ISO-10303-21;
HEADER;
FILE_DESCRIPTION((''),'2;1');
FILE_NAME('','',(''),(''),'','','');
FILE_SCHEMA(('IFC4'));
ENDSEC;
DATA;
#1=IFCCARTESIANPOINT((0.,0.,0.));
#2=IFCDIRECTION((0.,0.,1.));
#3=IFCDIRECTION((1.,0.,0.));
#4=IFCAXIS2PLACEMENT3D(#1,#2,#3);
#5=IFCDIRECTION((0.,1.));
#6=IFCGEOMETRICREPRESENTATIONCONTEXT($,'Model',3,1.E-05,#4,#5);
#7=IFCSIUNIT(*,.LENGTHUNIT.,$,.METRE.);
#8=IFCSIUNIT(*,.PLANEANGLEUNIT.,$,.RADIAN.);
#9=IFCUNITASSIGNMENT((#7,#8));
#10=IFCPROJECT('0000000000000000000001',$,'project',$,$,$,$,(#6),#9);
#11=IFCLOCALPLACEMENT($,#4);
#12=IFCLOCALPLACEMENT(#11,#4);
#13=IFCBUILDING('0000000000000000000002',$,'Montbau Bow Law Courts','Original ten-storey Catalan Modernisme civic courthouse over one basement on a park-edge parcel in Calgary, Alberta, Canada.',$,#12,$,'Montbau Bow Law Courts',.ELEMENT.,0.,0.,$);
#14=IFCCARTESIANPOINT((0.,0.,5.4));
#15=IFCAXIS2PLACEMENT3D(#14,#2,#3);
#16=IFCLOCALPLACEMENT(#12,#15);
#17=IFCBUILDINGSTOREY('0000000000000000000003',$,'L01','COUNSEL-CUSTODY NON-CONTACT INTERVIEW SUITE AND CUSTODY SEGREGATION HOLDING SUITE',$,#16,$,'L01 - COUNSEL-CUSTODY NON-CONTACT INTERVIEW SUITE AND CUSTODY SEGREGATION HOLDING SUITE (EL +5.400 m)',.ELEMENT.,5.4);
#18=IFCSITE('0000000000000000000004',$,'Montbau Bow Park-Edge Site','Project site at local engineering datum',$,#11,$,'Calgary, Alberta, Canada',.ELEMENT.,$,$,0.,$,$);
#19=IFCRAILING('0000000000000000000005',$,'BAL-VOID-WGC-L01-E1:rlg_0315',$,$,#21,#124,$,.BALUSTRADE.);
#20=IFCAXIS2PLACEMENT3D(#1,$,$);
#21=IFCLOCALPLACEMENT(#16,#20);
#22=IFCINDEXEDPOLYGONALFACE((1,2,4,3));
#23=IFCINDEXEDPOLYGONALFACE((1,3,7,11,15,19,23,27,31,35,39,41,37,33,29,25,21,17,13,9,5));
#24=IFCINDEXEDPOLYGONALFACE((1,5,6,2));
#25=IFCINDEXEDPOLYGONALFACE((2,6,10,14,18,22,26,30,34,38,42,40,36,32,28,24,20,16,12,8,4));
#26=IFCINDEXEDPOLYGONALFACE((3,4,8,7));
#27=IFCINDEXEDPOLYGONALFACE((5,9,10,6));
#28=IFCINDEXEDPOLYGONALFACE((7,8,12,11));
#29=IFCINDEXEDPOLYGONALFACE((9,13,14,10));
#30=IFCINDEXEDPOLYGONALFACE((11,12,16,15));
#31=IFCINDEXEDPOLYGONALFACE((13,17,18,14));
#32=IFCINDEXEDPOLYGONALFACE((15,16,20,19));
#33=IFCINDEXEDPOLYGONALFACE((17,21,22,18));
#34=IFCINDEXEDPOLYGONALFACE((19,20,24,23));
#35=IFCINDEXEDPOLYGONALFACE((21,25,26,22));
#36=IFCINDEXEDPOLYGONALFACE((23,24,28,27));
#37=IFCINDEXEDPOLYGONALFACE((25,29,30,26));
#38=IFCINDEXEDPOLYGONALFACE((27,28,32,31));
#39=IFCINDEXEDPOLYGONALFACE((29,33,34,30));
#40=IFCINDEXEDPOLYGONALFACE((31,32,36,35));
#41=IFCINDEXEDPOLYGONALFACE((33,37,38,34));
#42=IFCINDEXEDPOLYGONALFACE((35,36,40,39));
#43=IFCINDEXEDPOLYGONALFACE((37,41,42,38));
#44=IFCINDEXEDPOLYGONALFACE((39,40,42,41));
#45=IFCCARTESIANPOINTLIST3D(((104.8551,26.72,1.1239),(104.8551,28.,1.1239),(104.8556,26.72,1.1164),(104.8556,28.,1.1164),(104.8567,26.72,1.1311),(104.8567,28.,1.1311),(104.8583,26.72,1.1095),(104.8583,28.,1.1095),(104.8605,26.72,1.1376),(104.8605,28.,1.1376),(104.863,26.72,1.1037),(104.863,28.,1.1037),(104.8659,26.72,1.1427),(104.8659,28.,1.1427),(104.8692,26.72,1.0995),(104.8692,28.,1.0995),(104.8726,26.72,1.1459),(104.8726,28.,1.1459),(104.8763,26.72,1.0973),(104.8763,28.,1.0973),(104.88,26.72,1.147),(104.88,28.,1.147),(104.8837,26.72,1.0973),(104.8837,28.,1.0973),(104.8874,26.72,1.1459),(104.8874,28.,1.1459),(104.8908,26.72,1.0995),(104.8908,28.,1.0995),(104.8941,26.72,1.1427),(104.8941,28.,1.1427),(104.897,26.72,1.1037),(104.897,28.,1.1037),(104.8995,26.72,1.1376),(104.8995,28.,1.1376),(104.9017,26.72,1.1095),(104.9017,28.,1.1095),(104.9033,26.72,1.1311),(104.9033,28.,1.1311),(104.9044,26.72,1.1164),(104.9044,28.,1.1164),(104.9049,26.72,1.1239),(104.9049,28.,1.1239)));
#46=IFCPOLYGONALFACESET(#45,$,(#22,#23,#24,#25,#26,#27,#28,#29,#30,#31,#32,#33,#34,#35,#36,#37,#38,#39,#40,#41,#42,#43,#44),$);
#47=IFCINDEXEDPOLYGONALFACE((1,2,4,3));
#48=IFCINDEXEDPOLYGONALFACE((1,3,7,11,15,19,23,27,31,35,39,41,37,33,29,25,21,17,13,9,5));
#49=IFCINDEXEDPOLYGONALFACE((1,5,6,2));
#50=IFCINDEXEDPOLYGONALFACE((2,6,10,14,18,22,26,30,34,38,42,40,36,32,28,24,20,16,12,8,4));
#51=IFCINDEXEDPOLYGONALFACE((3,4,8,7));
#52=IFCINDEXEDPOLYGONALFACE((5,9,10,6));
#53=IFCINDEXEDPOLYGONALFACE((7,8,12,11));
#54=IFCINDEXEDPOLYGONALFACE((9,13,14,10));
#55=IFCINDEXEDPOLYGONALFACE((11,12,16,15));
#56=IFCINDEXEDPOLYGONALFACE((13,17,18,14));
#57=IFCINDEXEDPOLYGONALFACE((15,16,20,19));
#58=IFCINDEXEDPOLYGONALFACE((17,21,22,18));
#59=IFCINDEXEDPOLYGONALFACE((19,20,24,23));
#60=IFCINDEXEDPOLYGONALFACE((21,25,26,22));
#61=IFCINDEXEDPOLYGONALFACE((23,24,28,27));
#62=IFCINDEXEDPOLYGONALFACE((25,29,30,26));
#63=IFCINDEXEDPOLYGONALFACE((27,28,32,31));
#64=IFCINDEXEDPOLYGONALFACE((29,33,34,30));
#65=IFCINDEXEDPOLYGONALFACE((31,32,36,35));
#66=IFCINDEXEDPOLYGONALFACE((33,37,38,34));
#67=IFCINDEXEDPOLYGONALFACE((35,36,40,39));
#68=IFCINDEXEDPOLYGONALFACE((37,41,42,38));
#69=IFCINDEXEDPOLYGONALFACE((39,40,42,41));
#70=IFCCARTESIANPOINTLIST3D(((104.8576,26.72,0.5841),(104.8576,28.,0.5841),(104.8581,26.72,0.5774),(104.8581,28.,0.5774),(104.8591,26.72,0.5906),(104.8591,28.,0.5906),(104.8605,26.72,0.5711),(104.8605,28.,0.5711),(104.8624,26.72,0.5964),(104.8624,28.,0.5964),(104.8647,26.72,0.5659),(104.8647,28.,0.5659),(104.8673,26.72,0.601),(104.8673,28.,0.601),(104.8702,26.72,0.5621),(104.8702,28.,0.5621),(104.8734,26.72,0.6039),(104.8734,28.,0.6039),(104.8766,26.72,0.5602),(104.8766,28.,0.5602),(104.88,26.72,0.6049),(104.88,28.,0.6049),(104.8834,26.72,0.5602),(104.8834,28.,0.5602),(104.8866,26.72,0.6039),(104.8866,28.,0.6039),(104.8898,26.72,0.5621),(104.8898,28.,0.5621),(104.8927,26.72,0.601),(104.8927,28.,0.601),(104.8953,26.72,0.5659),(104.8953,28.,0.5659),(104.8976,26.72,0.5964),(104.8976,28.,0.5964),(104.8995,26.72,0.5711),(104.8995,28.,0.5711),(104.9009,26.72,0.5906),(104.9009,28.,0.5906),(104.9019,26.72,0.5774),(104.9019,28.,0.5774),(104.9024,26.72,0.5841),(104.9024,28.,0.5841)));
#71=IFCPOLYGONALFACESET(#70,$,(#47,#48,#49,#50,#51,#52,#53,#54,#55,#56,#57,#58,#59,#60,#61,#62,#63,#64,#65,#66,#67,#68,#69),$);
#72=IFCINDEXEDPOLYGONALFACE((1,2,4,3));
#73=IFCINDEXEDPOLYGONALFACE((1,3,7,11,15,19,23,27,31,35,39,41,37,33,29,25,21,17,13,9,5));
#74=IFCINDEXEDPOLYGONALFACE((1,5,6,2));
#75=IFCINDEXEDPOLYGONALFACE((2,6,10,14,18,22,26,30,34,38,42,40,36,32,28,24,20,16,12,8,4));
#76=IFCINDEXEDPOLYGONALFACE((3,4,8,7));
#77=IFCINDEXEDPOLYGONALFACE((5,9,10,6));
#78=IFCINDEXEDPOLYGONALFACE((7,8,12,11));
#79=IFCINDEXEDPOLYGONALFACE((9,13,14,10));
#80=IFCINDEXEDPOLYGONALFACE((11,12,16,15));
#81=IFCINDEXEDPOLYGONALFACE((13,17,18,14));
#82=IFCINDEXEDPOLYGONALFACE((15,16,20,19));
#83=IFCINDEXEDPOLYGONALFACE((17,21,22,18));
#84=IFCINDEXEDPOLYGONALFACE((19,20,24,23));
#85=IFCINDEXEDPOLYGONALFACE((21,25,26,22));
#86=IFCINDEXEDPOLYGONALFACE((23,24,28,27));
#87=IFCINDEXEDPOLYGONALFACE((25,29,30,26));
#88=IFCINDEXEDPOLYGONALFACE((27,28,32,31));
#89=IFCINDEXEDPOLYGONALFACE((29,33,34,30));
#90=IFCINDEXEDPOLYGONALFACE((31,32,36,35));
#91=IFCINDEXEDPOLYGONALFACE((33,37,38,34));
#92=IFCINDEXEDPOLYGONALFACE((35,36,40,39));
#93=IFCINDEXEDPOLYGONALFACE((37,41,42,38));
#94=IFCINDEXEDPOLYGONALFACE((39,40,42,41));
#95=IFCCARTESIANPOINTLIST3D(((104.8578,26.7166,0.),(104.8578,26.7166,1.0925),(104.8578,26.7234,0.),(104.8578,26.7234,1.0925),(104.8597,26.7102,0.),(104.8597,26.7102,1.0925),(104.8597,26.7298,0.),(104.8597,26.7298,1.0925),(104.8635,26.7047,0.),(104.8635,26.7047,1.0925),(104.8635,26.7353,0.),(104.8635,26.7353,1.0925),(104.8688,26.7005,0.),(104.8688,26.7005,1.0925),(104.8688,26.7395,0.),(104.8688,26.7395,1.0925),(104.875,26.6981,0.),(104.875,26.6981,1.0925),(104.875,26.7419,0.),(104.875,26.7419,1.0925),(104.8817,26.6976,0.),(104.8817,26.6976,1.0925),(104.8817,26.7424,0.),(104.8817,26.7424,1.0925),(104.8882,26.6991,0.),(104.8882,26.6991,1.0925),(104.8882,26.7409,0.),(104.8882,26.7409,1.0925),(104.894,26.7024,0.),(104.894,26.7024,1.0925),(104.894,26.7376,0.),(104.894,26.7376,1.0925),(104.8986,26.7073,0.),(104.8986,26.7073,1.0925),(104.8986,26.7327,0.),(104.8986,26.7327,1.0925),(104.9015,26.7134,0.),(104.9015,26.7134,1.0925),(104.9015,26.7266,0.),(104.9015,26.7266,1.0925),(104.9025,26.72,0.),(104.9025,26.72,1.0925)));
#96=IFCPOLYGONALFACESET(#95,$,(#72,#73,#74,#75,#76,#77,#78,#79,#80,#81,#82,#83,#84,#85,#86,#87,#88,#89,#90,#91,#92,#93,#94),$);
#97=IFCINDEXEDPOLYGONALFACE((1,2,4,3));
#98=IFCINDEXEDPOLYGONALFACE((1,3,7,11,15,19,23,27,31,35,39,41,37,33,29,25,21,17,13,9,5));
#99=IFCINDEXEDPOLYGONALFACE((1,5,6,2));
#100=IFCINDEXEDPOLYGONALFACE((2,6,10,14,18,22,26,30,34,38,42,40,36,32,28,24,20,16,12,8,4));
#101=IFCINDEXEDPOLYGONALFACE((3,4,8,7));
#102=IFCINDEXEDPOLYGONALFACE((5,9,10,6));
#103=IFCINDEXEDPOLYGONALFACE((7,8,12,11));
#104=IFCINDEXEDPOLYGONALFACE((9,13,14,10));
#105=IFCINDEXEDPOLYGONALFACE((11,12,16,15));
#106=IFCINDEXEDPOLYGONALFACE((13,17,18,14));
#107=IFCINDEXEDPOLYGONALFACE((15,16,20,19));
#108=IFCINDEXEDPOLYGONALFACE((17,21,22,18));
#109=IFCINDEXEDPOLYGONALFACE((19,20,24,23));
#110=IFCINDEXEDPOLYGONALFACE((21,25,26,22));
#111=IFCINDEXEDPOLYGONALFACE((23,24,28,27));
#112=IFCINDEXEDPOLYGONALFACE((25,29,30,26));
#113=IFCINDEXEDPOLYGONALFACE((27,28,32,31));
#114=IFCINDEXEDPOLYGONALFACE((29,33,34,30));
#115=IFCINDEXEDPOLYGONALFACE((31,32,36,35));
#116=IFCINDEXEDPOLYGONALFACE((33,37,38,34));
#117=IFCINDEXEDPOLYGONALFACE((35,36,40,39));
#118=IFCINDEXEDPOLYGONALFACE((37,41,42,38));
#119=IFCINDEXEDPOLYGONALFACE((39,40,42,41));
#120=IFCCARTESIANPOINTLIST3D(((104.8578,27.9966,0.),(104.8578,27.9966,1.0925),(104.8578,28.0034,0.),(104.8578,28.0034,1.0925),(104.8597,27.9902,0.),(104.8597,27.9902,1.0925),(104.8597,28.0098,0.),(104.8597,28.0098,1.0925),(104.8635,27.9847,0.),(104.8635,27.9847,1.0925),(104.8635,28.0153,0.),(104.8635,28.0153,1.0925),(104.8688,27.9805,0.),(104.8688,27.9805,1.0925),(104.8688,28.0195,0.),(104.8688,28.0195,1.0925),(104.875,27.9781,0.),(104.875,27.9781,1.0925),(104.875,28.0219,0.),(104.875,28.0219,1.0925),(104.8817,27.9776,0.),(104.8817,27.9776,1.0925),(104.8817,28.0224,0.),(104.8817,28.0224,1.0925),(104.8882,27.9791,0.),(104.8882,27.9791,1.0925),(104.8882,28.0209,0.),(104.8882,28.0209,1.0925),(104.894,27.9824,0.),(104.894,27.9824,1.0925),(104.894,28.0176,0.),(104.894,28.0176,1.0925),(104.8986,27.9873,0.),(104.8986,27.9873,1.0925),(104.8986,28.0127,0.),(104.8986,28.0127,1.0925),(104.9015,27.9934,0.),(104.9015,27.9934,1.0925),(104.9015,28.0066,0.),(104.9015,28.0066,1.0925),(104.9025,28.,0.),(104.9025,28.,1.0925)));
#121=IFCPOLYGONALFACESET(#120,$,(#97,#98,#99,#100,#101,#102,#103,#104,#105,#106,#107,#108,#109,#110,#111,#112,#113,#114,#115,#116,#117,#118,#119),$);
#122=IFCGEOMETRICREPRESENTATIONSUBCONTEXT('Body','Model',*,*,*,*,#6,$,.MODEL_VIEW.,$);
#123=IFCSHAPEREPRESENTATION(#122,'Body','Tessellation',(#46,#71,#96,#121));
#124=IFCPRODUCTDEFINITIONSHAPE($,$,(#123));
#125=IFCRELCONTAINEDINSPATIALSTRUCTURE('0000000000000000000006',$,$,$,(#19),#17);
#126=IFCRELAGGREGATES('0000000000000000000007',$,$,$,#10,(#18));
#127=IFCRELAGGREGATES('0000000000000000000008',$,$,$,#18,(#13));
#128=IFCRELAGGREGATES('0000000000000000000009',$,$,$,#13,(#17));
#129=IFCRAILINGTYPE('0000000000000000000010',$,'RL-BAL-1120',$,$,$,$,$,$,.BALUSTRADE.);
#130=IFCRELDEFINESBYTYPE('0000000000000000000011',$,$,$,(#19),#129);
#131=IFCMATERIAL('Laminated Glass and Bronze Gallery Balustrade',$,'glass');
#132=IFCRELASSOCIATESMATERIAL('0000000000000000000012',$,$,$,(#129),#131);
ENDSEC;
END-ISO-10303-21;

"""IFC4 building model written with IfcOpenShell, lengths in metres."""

from ifc_helpers import new_model, si_unit, direction, frame, origin_with_axes, origin_2d_with_axis, place, context, subcontext, project, spatial, circle, extrude, material, type_object, element, save


model = new_model("IFC4")

# Units and contexts
model_context = context("Model", 3, precision=1e-05, world=origin_with_axes(), true_north=direction((0.0, 1.0)))
body_context = subcontext(model_context, "Body", "Model", "MODEL_VIEW")
ifc_project = project(units=[si_unit("LENGTHUNIT", "METRE"), si_unit("PLANEANGLEUNIT", "RADIAN")], contexts=[model_context])

# Site, building, storey
site_placement = place(None, origin_with_axes())
site = spatial("IfcSite", under=ifc_project, at=site_placement, Name="Montbau Bow Park-Edge Site", Description="Project site at local engineering datum", LongName="Calgary, Alberta, Canada", CompositionType="ELEMENT", RefElevation=0.0)
building_placement = place(site_placement, origin_with_axes())
building = spatial("IfcBuilding", under=site, at=building_placement, Name="Montbau Bow Law Courts", Description="Original ten-storey Catalan Modernisme civic courthouse over one basement on a park-edge parcel in Calgary, Alberta, Canada.", LongName="Montbau Bow Law Courts", CompositionType="ELEMENT", ElevationOfRefHeight=0.0, ElevationOfTerrain=0.0)
storey_placement = place(building_placement, frame((0.0, 0.0, 5.4), z_axis=(0.0, 0.0, 1.0), x_axis=(1.0, 0.0, 0.0)))
storey = spatial("IfcBuildingStorey", under=building, at=storey_placement, Name="L01", Description="COUNSEL-CUSTODY NON-CONTACT INTERVIEW SUITE AND CUSTODY SEGREGATION HOLDING SUITE", LongName="L01 - COUNSEL-CUSTODY NON-CONTACT INTERVIEW SUITE AND CUSTODY SEGREGATION HOLDING SUITE (EL +5.400 m)", CompositionType="ELEMENT", Elevation=5.4)

# Railing
ifc_material_1 = material(Name="Laminated Glass and Bronze Gallery Balustrade", Category="glass")
railing_type_1 = type_object("IfcRailingType", Name="RL-BAL-1120", PredefinedType="BALUSTRADE", material=ifc_material_1)
railing_1_placement = place(None, origin_with_axes())
element("IfcRailing", 1, at=railing_1_placement, inside=storey, type_object=railing_type_1, Name="BAL-VOID-WGC-L01-E1:rlg_0315", PredefinedType="BALUSTRADE", context=body_context, shape_type="SweptSolid", body=[
    extrude(circle(Radius=0.025, at=origin_2d_with_axis()), frame((104.88, 26.72, 6.522), z_axis=(0.0, 1.0, 0.0), x_axis=(0.0, 0.0, 1.0)), (0.0, 0.0, 1.0), 1.28),
    extrude(circle(Radius=0.0225, at=origin_2d_with_axis()), frame((104.88, 26.72, 5.9824), z_axis=(0.0, 1.0, 0.0), x_axis=(0.0, 0.0, 1.0)), (0.0, 0.0, 1.0), 1.28),
    extrude(circle(Radius=0.0225, at=origin_2d_with_axis()), frame((104.88, 26.72, 5.4), z_axis=(0.0, 0.0, 1.0), x_axis=(1.0, 0.0, 0.0)), (0.0, 0.0, 1.0), 1.0925),
    extrude(circle(Radius=0.0225, at=origin_2d_with_axis()), frame((104.88, 28.0, 5.4), z_axis=(0.0, 0.0, 1.0), x_axis=(1.0, 0.0, 0.0)), (0.0, 0.0, 1.0), 1.0925),
])

save(model, "model.ifc")
